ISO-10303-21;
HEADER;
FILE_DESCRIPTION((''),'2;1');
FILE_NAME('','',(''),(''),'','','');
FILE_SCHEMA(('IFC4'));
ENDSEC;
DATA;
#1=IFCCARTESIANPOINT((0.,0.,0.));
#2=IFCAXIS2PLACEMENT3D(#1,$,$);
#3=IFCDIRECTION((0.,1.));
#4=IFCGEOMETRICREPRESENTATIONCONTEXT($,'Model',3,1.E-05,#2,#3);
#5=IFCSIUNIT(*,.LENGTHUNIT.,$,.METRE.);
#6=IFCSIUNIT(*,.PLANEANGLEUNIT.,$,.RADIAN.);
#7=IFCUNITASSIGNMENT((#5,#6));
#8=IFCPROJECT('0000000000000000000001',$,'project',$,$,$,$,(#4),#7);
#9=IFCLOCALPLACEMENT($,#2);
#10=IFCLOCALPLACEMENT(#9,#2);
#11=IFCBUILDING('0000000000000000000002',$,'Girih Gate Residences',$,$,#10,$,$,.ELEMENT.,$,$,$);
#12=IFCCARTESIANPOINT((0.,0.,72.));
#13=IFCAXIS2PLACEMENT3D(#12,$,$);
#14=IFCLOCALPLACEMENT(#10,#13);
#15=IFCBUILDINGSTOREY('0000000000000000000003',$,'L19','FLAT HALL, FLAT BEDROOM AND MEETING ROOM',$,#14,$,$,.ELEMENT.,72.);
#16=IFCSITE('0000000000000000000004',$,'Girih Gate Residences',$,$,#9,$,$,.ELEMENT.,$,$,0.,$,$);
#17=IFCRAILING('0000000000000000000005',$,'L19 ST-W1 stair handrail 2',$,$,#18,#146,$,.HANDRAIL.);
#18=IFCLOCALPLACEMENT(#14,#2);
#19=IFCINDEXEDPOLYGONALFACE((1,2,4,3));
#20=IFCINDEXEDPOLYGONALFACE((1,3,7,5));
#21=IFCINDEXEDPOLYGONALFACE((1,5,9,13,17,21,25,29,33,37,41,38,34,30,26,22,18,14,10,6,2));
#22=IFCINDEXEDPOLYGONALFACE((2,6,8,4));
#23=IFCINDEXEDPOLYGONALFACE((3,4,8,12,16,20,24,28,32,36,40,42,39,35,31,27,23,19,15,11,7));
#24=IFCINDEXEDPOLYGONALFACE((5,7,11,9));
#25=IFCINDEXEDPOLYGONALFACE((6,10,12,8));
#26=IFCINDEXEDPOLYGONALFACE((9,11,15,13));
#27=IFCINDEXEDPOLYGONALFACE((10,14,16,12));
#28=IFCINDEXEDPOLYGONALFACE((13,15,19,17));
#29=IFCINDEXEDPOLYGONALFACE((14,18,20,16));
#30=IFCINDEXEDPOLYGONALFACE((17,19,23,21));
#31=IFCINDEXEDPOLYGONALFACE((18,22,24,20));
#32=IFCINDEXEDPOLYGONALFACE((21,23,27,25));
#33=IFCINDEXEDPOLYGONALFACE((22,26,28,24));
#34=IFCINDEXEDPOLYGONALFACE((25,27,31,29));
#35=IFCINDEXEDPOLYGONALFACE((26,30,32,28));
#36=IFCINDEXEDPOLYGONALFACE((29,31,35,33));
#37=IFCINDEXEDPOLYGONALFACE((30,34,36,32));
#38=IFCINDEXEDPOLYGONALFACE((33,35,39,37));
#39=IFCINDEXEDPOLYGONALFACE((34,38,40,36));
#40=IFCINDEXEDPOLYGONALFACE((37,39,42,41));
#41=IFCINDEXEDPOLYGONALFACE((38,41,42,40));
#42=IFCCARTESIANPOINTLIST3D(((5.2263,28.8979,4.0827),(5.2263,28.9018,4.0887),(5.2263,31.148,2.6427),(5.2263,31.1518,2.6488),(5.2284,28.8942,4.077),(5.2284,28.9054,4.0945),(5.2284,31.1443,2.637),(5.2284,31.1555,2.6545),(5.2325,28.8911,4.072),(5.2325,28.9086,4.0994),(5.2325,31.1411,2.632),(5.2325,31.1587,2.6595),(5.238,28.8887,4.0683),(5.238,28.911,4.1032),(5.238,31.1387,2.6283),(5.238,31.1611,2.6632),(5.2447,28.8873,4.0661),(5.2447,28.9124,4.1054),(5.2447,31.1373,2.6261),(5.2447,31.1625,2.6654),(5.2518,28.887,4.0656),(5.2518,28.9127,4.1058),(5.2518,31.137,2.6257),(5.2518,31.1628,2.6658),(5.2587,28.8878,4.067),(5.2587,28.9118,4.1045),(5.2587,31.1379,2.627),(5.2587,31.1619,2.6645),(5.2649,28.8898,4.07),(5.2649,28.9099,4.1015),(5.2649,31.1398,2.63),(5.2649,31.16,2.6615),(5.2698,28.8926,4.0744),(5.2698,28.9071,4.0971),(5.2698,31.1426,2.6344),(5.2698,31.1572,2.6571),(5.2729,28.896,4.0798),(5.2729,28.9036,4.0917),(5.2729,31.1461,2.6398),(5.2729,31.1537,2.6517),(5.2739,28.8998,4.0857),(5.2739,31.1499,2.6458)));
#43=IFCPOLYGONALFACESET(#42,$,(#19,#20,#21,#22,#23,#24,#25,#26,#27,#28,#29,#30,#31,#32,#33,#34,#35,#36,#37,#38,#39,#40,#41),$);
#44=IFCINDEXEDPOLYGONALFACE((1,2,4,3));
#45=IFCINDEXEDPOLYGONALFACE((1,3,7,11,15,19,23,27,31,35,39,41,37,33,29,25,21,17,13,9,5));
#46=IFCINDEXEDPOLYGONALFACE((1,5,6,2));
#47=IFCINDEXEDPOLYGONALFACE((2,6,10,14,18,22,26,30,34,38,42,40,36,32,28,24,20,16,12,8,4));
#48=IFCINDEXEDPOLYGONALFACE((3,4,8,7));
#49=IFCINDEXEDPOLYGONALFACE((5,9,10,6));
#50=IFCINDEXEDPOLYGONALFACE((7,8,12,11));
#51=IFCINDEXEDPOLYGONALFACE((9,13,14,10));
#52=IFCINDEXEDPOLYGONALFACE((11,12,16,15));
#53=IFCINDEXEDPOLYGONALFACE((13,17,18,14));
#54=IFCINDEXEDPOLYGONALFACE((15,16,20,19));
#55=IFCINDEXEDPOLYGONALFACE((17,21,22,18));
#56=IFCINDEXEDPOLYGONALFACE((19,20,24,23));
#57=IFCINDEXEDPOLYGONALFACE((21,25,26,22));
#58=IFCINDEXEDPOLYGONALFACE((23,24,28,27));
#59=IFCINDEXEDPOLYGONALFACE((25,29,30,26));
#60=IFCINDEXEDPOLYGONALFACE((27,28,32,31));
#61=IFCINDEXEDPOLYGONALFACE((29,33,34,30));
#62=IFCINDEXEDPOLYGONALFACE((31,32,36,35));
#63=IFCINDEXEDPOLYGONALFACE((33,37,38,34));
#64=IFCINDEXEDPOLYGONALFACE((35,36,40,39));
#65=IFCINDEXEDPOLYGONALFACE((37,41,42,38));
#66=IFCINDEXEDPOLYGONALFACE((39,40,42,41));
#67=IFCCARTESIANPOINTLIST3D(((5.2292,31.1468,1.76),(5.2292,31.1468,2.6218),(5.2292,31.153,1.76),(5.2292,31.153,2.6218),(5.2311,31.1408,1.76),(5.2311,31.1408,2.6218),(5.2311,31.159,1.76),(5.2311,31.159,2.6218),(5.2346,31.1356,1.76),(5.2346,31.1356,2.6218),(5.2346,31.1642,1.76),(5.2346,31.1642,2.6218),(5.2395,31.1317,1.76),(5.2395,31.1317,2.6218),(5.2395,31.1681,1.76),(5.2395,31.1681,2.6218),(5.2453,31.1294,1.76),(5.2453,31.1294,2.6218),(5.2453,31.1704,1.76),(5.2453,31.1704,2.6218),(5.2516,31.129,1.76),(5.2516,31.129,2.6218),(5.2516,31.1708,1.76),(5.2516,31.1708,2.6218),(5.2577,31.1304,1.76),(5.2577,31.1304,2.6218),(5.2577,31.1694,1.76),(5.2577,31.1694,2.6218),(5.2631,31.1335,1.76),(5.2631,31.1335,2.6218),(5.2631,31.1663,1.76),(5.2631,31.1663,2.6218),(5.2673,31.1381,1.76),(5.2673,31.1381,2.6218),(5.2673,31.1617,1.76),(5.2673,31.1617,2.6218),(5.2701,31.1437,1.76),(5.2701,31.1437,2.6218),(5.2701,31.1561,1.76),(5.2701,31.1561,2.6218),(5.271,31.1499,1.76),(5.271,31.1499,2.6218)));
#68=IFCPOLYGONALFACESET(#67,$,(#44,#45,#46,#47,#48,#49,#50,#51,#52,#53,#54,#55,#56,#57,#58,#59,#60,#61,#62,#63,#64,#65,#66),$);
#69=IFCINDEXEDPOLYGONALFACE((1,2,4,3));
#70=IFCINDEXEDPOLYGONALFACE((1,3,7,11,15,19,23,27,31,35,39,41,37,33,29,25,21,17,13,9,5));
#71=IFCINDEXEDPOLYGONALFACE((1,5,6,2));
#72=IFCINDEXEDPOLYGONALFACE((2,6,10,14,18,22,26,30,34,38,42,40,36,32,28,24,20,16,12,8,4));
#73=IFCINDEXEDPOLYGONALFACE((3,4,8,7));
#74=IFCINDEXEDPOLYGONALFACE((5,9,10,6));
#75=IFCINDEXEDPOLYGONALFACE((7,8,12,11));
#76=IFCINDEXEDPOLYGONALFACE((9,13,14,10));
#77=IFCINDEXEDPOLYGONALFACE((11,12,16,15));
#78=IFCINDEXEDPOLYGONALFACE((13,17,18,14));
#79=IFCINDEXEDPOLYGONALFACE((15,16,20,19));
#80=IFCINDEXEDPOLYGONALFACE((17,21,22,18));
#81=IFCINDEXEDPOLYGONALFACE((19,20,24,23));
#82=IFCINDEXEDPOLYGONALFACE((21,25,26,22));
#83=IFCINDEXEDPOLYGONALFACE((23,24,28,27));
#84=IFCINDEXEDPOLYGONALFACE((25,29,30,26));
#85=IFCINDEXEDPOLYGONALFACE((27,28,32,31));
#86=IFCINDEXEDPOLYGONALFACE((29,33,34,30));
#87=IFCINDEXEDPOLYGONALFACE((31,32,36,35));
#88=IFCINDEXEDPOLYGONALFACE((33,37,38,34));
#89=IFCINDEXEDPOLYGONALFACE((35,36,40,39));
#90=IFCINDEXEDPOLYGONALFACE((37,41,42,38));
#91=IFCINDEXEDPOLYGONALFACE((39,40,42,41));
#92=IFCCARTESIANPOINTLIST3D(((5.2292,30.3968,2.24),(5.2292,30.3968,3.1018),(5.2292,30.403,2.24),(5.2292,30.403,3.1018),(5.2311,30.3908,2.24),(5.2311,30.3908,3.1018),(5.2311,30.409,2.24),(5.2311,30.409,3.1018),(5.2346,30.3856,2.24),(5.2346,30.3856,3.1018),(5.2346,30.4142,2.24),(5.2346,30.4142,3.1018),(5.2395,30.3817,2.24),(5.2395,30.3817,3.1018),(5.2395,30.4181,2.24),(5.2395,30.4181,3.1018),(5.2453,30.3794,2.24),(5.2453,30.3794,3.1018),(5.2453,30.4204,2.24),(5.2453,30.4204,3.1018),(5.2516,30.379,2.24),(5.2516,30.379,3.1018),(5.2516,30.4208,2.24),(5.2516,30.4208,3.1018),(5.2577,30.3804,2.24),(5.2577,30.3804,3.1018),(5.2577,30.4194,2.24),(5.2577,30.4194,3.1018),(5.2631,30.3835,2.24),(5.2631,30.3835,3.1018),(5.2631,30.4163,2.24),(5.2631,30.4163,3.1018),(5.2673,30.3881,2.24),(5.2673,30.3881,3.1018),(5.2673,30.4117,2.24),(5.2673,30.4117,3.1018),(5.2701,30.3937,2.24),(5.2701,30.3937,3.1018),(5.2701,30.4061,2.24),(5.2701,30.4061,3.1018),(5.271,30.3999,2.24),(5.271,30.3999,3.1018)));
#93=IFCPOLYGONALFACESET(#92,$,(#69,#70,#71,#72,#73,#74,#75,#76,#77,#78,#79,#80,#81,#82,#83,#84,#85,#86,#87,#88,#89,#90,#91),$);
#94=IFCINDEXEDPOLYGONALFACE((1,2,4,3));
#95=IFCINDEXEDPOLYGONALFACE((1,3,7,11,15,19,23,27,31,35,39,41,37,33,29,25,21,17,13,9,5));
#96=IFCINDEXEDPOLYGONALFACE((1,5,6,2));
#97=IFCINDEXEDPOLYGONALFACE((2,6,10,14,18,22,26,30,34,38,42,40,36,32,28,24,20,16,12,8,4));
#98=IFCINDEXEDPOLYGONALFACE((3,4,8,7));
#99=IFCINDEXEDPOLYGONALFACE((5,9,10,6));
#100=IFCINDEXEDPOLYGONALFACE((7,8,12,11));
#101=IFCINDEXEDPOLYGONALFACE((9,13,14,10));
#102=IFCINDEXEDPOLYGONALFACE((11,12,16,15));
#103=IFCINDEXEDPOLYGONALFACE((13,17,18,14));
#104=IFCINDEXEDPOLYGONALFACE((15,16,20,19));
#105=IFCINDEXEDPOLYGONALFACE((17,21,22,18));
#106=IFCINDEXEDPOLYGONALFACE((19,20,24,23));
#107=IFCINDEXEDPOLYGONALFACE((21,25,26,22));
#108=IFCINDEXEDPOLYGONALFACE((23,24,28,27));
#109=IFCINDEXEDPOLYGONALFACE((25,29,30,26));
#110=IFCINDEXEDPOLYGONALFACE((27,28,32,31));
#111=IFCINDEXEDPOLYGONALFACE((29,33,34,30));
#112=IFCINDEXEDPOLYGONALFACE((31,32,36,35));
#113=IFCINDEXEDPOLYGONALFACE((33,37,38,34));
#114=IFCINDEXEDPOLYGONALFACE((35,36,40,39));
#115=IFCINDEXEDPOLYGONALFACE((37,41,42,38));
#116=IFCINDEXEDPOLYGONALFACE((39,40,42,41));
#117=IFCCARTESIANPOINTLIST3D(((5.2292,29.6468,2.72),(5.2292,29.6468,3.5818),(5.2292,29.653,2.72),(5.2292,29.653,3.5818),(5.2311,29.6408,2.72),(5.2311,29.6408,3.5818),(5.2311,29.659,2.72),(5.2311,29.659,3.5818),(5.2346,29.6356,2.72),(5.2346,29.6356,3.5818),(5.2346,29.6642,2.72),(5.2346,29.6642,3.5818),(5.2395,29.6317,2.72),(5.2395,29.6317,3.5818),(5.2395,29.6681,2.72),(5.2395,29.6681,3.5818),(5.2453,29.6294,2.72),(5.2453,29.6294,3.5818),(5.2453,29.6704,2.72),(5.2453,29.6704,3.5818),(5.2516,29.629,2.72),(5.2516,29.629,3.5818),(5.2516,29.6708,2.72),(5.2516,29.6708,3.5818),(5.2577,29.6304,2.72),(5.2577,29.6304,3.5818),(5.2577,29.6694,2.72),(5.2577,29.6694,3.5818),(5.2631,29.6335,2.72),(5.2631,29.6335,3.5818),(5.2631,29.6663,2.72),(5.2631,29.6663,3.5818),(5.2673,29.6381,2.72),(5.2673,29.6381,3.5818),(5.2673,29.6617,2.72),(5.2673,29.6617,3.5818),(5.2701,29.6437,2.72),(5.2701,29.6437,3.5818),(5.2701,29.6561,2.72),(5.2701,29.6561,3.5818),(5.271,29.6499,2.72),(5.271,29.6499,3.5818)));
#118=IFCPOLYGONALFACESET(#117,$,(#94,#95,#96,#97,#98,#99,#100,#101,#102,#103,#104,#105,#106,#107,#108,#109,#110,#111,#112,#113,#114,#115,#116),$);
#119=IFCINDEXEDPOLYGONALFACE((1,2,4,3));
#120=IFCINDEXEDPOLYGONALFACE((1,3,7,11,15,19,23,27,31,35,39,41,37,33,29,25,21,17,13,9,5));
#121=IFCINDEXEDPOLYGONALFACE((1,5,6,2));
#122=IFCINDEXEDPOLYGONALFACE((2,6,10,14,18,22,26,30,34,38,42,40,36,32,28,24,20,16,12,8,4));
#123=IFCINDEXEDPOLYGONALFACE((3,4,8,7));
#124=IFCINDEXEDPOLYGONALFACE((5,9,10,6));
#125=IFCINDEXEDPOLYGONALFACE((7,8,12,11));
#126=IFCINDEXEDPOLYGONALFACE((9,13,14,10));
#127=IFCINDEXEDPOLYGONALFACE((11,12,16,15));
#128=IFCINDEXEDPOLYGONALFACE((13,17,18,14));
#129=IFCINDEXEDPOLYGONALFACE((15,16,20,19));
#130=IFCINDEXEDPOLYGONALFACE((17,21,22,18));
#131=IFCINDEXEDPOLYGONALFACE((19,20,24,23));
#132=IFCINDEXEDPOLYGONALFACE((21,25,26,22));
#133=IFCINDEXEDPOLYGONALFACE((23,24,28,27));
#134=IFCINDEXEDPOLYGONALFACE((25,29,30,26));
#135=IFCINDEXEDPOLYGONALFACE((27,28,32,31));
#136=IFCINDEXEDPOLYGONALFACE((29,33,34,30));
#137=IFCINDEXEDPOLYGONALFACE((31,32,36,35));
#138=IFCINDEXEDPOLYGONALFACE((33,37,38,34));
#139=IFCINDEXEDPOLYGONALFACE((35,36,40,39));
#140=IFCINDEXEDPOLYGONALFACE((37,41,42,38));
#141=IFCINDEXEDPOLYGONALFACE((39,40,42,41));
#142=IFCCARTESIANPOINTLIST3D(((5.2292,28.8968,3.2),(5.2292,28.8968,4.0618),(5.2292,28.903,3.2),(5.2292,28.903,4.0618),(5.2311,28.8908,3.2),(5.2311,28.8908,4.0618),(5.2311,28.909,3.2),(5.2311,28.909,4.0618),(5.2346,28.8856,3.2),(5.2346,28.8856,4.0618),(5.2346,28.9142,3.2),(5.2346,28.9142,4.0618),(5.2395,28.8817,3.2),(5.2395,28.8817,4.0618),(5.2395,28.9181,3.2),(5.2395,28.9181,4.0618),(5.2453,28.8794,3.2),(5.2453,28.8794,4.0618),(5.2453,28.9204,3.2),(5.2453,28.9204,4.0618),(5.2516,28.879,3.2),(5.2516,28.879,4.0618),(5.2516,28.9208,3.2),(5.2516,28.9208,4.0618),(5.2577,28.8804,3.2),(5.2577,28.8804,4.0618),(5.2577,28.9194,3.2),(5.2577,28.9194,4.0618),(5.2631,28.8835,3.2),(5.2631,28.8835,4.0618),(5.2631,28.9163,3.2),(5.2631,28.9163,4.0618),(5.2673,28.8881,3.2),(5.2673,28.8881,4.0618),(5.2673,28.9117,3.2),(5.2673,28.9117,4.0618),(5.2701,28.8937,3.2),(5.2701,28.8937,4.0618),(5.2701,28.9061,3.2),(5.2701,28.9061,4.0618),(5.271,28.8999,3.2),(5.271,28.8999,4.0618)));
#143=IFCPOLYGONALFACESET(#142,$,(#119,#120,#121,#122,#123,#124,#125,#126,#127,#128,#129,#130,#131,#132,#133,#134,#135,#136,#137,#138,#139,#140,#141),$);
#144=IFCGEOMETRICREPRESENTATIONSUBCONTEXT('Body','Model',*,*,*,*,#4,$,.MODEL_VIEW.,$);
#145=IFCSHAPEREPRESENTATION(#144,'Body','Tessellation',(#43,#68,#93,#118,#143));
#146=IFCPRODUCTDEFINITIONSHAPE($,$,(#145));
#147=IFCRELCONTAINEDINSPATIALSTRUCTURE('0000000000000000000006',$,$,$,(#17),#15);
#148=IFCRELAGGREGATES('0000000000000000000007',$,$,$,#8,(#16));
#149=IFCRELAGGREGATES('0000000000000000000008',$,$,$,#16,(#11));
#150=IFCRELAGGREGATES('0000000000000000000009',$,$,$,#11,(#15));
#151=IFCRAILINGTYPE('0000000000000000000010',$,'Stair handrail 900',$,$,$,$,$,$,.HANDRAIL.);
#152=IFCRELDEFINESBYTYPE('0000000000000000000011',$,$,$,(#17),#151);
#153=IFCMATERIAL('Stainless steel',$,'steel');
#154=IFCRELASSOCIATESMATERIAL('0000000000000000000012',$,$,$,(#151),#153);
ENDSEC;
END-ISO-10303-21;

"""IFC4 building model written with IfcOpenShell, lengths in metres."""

from ifc_helpers import new_model, si_unit, direction, frame, origin, origin_2d, place, context, subcontext, project, spatial, circle, extrude, material, type_object, element, save


model = new_model("IFC4")

# Units and contexts
model_context = context("Model", 3, precision=1e-05, world=origin(), true_north=direction((0.0, 1.0)))
body_context = subcontext(model_context, "Body", "Model", "MODEL_VIEW")
ifc_project = project(units=[si_unit("LENGTHUNIT", "METRE"), si_unit("PLANEANGLEUNIT", "RADIAN")], contexts=[model_context])

# Site, building, storey
site_placement = place(None, origin())
site = spatial("IfcSite", under=ifc_project, at=site_placement, Name="Girih Gate Residences", CompositionType="ELEMENT", RefElevation=0.0)
building_placement = place(site_placement, origin())
building = spatial("IfcBuilding", under=site, at=building_placement, Name="Girih Gate Residences", CompositionType="ELEMENT")
storey_placement = place(building_placement, frame((0.0, 0.0, 72.0)))
storey = spatial("IfcBuildingStorey", under=building, at=storey_placement, Name="L19", Description="FLAT HALL, FLAT BEDROOM AND MEETING ROOM", CompositionType="ELEMENT", Elevation=72.0)

# Railing
ifc_material_1 = material(Name="Stainless steel", Category="steel")
railing_type_1 = type_object("IfcRailingType", Name="Stair handrail 900", PredefinedType="HANDRAIL", material=ifc_material_1)
railing_1_placement = place(storey_placement, frame((5.25, 31.1499, 1.76)))
element("IfcRailing", 1, at=railing_1_placement, inside=storey, type_object=railing_type_1, Name="L19 ST-W1 stair handrail 2", PredefinedType="HANDRAIL", context=body_context, shape_type="SweptSolid", body=[
    extrude(circle(Radius=0.0239, at=origin_2d()), frame((0.0, 0.0, 0.8857), z_axis=(0.0, -0.842281, 0.539038), x_axis=(1.0, 0.0, 0.0)), (0.0, 0.0, 1.0), 2.6714),
    extrude(circle(Radius=0.021, at=origin_2d()), origin(), (0.0, 0.0, 1.0), 0.8618),
    extrude(circle(Radius=0.021, at=origin_2d()), frame((0.0, -0.75, 0.48)), (0.0, 0.0, 1.0), 0.8618),
    extrude(circle(Radius=0.021, at=origin_2d()), frame((0.0, -1.5, 0.96)), (0.0, 0.0, 1.0), 0.8618),
    extrude(circle(Radius=0.021, at=origin_2d()), frame((0.0, -2.25, 1.4399)), (0.0, 0.0, 1.0), 0.8618),
])

save(model, "model.ifc")
